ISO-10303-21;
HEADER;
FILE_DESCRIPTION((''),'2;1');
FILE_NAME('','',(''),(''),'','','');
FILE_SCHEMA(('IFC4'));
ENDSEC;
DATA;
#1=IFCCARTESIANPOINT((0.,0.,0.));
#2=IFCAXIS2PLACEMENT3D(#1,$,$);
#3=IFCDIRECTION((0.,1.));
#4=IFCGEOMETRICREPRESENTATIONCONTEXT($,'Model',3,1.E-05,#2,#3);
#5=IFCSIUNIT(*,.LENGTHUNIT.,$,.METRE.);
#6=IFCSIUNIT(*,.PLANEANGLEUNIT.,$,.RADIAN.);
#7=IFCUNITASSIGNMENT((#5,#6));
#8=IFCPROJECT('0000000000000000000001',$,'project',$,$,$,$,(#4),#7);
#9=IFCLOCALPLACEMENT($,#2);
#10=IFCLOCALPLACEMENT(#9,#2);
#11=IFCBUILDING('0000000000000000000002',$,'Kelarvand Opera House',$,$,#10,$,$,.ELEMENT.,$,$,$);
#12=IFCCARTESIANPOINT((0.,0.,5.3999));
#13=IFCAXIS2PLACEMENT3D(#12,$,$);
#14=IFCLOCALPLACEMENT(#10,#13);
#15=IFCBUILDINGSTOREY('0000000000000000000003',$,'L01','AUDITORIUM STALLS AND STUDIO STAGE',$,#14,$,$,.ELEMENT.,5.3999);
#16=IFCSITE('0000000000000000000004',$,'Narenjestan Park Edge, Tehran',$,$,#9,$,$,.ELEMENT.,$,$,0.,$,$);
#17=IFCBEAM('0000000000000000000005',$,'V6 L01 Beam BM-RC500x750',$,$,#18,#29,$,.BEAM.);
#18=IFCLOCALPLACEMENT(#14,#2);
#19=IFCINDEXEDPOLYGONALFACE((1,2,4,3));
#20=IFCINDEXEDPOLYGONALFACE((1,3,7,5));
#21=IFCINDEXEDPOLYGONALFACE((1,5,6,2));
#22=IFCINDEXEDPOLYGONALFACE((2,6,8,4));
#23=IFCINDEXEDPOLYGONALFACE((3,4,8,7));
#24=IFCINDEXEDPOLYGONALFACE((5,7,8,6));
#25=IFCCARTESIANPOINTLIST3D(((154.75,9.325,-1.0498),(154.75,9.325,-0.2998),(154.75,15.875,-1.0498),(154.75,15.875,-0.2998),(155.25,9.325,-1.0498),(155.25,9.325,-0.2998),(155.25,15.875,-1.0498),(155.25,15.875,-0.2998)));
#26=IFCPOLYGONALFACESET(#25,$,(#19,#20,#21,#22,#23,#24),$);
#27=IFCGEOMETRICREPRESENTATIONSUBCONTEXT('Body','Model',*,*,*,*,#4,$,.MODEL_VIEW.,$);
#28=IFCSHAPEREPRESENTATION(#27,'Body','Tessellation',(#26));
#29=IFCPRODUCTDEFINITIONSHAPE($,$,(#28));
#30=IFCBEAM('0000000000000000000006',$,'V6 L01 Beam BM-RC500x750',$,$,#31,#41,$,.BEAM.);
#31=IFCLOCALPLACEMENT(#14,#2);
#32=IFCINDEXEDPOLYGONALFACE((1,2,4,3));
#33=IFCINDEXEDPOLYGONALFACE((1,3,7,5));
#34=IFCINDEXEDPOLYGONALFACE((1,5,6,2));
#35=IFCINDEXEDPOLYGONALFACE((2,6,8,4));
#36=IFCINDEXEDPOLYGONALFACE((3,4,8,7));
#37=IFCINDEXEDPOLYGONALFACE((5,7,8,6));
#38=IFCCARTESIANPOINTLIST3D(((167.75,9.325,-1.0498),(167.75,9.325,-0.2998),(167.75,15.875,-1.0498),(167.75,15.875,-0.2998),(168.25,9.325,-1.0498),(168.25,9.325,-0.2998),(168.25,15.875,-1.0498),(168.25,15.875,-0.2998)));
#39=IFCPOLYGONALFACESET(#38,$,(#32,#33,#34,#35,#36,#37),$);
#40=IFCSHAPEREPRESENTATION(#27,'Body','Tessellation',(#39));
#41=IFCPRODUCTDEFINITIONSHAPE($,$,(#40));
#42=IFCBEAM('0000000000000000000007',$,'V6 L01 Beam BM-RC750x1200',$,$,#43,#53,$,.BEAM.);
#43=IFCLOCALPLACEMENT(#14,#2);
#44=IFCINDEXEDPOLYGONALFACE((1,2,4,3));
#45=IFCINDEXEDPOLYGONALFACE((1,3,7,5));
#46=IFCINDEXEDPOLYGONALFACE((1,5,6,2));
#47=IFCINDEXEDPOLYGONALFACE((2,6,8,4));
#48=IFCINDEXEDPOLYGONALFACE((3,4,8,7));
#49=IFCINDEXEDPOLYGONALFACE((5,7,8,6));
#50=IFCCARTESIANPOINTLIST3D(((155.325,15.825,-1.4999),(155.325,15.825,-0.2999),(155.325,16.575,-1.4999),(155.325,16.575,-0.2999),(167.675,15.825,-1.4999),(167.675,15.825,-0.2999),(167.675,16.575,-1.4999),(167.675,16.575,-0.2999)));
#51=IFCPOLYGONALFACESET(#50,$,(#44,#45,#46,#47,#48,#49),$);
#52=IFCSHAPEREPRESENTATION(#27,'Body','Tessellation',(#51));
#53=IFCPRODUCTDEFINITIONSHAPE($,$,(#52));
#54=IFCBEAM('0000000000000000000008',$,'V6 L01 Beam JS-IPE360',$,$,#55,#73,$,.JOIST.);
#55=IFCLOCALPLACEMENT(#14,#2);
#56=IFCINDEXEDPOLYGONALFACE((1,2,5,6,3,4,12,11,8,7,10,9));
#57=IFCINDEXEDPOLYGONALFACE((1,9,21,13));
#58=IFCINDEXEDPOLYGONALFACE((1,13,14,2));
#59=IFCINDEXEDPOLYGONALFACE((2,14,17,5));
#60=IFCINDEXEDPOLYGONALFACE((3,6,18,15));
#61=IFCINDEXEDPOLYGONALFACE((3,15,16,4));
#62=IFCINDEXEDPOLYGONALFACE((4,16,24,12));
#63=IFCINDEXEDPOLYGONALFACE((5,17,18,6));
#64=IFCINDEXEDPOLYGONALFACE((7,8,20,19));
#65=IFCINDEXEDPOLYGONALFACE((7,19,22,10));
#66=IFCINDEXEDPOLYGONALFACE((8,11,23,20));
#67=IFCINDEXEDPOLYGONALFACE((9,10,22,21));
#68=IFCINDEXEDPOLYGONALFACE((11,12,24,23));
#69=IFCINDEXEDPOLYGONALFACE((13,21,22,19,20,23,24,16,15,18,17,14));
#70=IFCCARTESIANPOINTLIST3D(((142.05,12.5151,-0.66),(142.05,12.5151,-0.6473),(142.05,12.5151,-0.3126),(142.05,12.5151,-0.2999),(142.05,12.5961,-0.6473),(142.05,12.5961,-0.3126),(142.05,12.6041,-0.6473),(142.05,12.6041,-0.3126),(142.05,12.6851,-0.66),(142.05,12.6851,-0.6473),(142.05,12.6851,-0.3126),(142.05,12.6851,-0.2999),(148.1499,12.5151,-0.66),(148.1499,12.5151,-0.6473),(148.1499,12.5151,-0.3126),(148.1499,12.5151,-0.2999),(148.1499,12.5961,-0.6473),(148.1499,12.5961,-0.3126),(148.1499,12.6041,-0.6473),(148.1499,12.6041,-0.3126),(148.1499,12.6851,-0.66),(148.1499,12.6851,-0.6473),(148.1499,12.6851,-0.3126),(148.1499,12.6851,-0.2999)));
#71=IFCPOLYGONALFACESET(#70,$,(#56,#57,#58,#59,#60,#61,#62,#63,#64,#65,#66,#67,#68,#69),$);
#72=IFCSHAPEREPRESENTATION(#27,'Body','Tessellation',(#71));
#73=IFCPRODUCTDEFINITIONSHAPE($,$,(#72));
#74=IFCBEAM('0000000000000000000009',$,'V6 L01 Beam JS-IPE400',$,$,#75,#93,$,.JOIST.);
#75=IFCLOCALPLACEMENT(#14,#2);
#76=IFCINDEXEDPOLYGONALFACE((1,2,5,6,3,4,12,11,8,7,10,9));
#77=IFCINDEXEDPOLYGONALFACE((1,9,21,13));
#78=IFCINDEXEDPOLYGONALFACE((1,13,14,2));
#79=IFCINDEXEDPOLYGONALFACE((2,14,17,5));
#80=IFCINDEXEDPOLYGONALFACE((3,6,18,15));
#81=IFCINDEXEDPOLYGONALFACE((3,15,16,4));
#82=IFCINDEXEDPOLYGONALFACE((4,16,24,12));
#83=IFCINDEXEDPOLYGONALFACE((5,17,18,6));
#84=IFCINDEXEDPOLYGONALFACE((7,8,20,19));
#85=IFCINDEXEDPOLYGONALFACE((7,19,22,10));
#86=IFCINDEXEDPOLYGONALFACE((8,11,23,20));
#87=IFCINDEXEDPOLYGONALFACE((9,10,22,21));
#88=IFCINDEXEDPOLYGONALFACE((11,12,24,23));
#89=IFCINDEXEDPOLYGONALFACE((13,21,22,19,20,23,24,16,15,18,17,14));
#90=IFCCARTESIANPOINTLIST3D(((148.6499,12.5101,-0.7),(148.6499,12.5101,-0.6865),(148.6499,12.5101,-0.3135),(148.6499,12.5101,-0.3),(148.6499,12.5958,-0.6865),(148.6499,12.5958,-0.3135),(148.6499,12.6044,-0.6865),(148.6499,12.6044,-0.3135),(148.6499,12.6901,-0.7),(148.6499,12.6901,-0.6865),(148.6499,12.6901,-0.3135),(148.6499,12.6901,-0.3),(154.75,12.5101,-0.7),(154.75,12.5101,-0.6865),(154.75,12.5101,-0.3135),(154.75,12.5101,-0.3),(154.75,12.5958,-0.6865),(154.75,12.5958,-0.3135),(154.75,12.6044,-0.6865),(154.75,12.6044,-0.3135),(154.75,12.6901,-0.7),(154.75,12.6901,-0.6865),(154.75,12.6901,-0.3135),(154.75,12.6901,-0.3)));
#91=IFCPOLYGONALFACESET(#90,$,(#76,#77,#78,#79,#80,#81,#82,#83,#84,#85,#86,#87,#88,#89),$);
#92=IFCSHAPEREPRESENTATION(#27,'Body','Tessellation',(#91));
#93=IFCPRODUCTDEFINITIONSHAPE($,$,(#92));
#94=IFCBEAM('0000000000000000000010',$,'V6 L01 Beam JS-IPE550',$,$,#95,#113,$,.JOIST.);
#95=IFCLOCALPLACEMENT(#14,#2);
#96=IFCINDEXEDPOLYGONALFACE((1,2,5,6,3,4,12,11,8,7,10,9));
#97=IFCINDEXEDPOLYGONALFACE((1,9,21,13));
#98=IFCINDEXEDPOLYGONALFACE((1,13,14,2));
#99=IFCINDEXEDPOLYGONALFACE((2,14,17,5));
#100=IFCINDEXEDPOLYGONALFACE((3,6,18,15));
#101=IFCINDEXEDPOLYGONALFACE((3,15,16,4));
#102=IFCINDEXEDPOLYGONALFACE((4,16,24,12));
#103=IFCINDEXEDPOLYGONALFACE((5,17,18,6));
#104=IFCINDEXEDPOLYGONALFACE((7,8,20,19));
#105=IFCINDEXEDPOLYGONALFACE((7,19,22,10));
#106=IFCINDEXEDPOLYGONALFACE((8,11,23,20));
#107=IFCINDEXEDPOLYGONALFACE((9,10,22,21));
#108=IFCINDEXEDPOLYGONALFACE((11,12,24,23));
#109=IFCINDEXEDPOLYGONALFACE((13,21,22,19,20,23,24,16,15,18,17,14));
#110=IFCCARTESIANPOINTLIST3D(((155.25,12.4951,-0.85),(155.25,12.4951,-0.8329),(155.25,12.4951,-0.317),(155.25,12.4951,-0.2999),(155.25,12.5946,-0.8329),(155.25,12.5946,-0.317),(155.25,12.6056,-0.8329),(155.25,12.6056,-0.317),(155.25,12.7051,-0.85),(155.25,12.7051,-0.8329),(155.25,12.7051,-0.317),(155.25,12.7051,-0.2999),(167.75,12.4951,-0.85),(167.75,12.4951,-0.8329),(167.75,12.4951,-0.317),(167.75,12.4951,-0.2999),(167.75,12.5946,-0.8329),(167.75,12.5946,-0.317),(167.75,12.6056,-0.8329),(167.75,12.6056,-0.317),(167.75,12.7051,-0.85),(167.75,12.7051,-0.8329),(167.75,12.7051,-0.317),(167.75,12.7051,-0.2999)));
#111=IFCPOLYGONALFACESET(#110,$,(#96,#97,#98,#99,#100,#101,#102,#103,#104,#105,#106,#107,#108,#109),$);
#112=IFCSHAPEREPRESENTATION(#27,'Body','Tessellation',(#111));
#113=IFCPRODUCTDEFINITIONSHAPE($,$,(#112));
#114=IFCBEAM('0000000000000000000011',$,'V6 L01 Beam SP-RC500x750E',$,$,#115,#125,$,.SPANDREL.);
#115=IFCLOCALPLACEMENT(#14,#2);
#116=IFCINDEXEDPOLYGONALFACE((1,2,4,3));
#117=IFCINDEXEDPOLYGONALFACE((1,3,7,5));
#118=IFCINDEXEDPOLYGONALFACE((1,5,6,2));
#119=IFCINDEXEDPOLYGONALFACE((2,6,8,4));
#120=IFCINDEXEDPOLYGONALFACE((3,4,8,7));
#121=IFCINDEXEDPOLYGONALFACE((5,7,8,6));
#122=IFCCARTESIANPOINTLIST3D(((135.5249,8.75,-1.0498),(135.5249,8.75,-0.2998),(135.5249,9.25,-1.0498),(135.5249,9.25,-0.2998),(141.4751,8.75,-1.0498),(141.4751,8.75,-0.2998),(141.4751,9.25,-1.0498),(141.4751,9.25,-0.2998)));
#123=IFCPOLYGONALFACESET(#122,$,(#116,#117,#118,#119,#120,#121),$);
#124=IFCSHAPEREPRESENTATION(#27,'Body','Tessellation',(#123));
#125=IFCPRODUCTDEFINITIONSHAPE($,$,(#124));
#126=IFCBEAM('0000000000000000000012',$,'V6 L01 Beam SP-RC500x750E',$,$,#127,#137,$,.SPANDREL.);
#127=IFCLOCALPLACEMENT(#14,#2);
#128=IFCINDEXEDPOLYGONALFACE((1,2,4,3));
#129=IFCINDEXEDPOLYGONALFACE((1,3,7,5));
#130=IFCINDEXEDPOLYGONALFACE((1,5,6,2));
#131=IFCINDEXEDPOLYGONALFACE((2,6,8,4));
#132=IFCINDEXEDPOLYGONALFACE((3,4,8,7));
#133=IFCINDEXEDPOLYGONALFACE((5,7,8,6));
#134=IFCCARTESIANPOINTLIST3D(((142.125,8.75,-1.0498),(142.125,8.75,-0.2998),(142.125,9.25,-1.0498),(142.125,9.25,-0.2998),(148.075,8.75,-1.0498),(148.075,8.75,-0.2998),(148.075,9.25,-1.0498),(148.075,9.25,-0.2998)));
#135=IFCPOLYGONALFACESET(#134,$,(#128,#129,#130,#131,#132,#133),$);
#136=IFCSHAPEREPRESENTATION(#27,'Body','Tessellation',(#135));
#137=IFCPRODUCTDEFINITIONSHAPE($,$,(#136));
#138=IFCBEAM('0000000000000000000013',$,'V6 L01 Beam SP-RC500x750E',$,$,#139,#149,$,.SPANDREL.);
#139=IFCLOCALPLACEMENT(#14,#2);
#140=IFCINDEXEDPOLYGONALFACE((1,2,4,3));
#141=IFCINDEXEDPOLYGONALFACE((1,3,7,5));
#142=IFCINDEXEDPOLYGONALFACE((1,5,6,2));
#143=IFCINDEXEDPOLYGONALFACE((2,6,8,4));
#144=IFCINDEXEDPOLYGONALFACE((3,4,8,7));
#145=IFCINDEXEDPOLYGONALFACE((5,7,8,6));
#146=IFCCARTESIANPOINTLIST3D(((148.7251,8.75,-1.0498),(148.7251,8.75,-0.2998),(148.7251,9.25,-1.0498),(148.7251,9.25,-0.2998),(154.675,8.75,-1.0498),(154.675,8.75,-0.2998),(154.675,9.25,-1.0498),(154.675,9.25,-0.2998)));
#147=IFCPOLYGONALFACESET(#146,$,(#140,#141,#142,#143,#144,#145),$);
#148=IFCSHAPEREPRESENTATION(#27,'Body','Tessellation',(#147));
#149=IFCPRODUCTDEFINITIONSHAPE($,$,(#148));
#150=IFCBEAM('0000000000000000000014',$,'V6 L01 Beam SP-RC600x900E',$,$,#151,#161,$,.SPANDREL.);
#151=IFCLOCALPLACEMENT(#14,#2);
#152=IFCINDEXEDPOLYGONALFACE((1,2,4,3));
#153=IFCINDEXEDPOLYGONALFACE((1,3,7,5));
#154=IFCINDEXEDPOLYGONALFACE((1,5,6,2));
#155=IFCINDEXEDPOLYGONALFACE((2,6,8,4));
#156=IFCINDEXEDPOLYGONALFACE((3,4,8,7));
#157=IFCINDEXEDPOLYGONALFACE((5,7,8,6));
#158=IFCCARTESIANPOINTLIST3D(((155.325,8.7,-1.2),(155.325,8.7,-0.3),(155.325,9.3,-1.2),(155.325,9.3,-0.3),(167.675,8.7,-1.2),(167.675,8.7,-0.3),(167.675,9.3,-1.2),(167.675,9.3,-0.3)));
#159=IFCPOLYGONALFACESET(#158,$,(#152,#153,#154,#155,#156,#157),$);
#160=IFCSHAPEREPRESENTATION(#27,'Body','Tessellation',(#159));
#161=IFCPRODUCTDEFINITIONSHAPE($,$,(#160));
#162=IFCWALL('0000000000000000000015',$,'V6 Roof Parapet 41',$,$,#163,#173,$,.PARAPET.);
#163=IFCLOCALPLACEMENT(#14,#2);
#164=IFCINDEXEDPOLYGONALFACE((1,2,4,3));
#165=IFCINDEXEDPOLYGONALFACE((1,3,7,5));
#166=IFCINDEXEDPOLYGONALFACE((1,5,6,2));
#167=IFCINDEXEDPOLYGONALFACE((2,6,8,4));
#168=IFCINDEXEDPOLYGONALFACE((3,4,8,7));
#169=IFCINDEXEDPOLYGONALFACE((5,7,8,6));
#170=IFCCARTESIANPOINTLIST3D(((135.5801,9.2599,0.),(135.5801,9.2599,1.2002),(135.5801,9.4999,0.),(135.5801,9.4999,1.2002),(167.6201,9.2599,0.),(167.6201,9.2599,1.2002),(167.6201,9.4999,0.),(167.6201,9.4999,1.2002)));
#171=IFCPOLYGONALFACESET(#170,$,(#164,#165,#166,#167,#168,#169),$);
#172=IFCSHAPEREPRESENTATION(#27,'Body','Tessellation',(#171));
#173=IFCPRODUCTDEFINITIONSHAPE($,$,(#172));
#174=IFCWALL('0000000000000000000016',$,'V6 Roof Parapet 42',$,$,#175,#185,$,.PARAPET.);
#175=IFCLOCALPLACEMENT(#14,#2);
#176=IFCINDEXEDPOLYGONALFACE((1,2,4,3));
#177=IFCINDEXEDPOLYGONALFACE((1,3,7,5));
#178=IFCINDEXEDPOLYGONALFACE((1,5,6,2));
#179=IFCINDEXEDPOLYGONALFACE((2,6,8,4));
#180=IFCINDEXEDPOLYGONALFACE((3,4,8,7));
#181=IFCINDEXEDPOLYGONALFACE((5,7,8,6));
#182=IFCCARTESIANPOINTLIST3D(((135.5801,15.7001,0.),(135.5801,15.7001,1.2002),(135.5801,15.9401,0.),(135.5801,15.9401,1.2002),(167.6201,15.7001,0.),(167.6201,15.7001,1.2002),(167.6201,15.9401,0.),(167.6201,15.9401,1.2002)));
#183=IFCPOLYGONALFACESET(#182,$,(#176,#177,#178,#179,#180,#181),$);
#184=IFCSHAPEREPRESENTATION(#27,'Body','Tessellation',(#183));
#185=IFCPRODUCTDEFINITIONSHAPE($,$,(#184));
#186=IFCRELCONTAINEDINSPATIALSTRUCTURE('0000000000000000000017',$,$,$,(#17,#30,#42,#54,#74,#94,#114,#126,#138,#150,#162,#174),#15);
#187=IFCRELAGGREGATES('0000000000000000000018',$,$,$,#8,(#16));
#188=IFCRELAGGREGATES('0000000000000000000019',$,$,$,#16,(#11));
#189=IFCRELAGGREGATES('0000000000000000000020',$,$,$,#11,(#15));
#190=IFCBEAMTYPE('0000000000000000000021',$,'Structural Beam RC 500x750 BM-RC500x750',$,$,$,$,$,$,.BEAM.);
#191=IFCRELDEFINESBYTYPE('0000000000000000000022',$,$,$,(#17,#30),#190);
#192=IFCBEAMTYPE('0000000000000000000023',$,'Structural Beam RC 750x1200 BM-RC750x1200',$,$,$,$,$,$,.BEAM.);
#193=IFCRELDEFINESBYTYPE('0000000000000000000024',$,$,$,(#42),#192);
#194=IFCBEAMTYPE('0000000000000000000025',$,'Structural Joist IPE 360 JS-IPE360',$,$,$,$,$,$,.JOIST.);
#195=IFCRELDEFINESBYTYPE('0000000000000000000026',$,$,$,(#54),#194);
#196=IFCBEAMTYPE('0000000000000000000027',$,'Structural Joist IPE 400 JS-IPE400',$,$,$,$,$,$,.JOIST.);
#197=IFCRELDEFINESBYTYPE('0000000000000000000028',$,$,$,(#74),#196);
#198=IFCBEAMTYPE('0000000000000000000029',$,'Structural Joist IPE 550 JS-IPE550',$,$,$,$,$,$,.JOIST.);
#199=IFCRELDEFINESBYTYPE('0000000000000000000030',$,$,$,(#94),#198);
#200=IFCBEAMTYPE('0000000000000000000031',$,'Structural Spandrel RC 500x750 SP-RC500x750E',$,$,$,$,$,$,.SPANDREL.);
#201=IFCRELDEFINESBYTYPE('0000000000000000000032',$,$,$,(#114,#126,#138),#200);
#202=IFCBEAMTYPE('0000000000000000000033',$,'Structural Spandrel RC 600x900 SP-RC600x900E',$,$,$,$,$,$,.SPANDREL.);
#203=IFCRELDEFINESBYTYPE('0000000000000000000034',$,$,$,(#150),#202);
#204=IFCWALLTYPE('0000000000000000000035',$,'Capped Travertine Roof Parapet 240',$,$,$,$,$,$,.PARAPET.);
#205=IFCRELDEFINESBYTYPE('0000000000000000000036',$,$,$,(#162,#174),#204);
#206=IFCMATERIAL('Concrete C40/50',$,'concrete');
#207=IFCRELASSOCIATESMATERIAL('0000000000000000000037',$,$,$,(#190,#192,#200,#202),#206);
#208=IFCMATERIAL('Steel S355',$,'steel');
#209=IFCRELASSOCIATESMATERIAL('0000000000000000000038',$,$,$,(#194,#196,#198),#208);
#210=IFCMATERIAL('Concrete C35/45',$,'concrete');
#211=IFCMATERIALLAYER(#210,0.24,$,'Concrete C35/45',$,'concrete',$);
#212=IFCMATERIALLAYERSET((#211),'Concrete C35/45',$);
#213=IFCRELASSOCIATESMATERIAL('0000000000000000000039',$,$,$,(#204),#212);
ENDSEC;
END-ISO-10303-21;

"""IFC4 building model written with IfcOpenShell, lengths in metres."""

from ifc_helpers import new_model, si_unit, direction, frame, frame_2d, origin, origin_2d, place, context, subcontext, project, spatial, rectangle, i_section, extrude, material, layer, layer_set, material_profile, profile_set, type_object, element, save


model = new_model("IFC4")

# Units and contexts
model_context = context("Model", 3, precision=1e-05, world=origin(), true_north=direction((0.0, 1.0)))
body_context = subcontext(model_context, "Body", "Model", "MODEL_VIEW")
ifc_project = project(units=[si_unit("LENGTHUNIT", "METRE"), si_unit("PLANEANGLEUNIT", "RADIAN")], contexts=[model_context])

# Site, building, storey
site_placement = place(None, origin())
site = spatial("IfcSite", under=ifc_project, at=site_placement, Name="Narenjestan Park Edge, Tehran", CompositionType="ELEMENT", RefElevation=0.0)
building_placement = place(site_placement, origin())
building = spatial("IfcBuilding", under=site, at=building_placement, Name="Kelarvand Opera House", CompositionType="ELEMENT")
storey_placement = place(building_placement, frame((0.0, 0.0, 5.3999)))
storey = spatial("IfcBuildingStorey", under=building, at=storey_placement, Name="L01", Description="AUDITORIUM STALLS AND STUDIO STAGE", CompositionType="ELEMENT", Elevation=5.3999)

# Shared definitions
ifc_material_1 = material(Name="Concrete C40/50", Category="concrete")

# Beams
ifc_material_2 = material(Name="Concrete C35/45", Category="concrete")
ifc_material_profile_1 = material_profile(ifc_material_1, rectangle(XDim=0.5, YDim=0.75, at=origin_2d()), Name="RC 500x750", Category="concrete")
ifc_profile_set_1 = profile_set([ifc_material_profile_1], Name="Concrete C40/50")
beam_type_1 = type_object("IfcBeamType", Name="Structural Beam RC 500x750 BM-RC500x750", PredefinedType="BEAM", material=ifc_profile_set_1)
for number, where, z_axis, x_axis, name in (
    (1, (155.0, 9.325, -0.6748), (0.0, 1.0, 0.0), (-1.0, 0.0, 0.0), "V6 L01 Beam BM-RC500x750"),
    (2, (168.0, 9.325, -0.6748), (0.0, 1.0, 0.0), (-1.0, 0.0, 0.0), "V6 L01 Beam BM-RC500x750"),
):
    element("IfcBeam", number, at=place(storey_placement, frame(where, z_axis=z_axis, x_axis=x_axis)), inside=storey, type_object=beam_type_1, Name=name, PredefinedType="BEAM", context=body_context, shape_type="SweptSolid", body=[
        extrude(rectangle(XDim=0.5, YDim=0.75, at=origin_2d()), origin(), (0.0, 0.0, 1.0), 6.55),
    ])
ifc_material_profile_2 = material_profile(ifc_material_1, rectangle(XDim=0.75, YDim=1.2, at=origin_2d()), Name="RC 750x1200", Category="concrete")
ifc_profile_set_2 = profile_set([ifc_material_profile_2], Name="Concrete C40/50")
beam_type_2 = type_object("IfcBeamType", Name="Structural Beam RC 750x1200 BM-RC750x1200", PredefinedType="BEAM", material=ifc_profile_set_2)
beam_1_placement = place(storey_placement, frame((155.325, 16.2, -0.8999), z_axis=(1.0, 0.0, 0.0), x_axis=(0.0, 1.0, 0.0)))
element("IfcBeam", 3, at=beam_1_placement, inside=storey, type_object=beam_type_2, Name="V6 L01 Beam BM-RC750x1200", PredefinedType="BEAM", context=body_context, shape_type="SweptSolid", body=[
    extrude(rectangle(XDim=0.75, YDim=1.2, at=origin_2d()), origin(), (0.0, 0.0, 1.0), 12.3501),
])
ifc_material_3 = material(Name="Steel S355", Category="steel")
ifc_material_profile_3 = material_profile(ifc_material_3, i_section(OverallWidth=0.1699, OverallDepth=0.3601, WebThickness=0.0081, FlangeThickness=0.0127, at=origin_2d()), Name="IPE 360", Category="steel")
ifc_profile_set_3 = profile_set([ifc_material_profile_3], Name="Steel S355")
beam_type_3 = type_object("IfcBeamType", Name="Structural Joist IPE 360 JS-IPE360", PredefinedType="JOIST", material=ifc_profile_set_3)
beam_2_placement = place(storey_placement, frame((142.05, 12.6001, -0.48), z_axis=(1.0, 0.0, 0.0), x_axis=(0.0, 1.0, 0.0)))
element("IfcBeam", 4, at=beam_2_placement, inside=storey, type_object=beam_type_3, Name="V6 L01 Beam JS-IPE360", PredefinedType="JOIST", context=body_context, shape_type="SweptSolid", body=[
    extrude(i_section(OverallWidth=0.1699, OverallDepth=0.3601, WebThickness=0.0081, FlangeThickness=0.0127, at=origin_2d()), origin(), (0.0, 0.0, 1.0), 6.0999),
])
ifc_material_profile_4 = material_profile(ifc_material_3, i_section(OverallWidth=0.1799, OverallDepth=0.3999, WebThickness=0.0085, FlangeThickness=0.0134, at=origin_2d()), Name="IPE 400", Category="steel")
ifc_profile_set_4 = profile_set([ifc_material_profile_4], Name="Steel S355")
beam_type_4 = type_object("IfcBeamType", Name="Structural Joist IPE 400 JS-IPE400", PredefinedType="JOIST", material=ifc_profile_set_4)
beam_3_placement = place(storey_placement, frame((148.6499, 12.6001, -0.5), z_axis=(1.0, 0.0, 0.0), x_axis=(0.0, 1.0, 0.0)))
element("IfcBeam", 5, at=beam_3_placement, inside=storey, type_object=beam_type_4, Name="V6 L01 Beam JS-IPE400", PredefinedType="JOIST", context=body_context, shape_type="SweptSolid", body=[
    extrude(i_section(OverallWidth=0.1799, OverallDepth=0.3999, WebThickness=0.0085, FlangeThickness=0.0134, at=origin_2d()), origin(), (0.0, 0.0, 1.0), 6.1001),
])
ifc_material_profile_5 = material_profile(ifc_material_3, i_section(OverallWidth=0.21, OverallDepth=0.55, WebThickness=0.011, FlangeThickness=0.0171, at=origin_2d()), Name="IPE 550", Category="steel")
ifc_profile_set_5 = profile_set([ifc_material_profile_5], Name="Steel S355")
beam_type_5 = type_object("IfcBeamType", Name="Structural Joist IPE 550 JS-IPE550", PredefinedType="JOIST", material=ifc_profile_set_5)
beam_4_placement = place(storey_placement, frame((155.25, 12.6001, -0.575), z_axis=(1.0, 0.0, 0.0), x_axis=(0.0, 1.0, 0.0)))
element("IfcBeam", 6, at=beam_4_placement, inside=storey, type_object=beam_type_5, Name="V6 L01 Beam JS-IPE550", PredefinedType="JOIST", context=body_context, shape_type="SweptSolid", body=[
    extrude(i_section(OverallWidth=0.21, OverallDepth=0.55, WebThickness=0.011, FlangeThickness=0.0171, at=origin_2d()), origin(), (0.0, 0.0, 1.0), 12.5),
])
ifc_material_profile_6 = material_profile(ifc_material_1, rectangle(XDim=0.5, YDim=0.75, at=origin_2d()), Name="RC 500x750", Category="concrete")
ifc_profile_set_6 = profile_set([ifc_material_profile_6], Name="Concrete C40/50")
beam_type_6 = type_object("IfcBeamType", Name="Structural Spandrel RC 500x750 SP-RC500x750E", PredefinedType="SPANDREL", material=ifc_profile_set_6)
beam_5_placement = place(storey_placement, frame((135.5249, 9.0, -0.6748), z_axis=(1.0, 0.0, 0.0), x_axis=(0.0, 1.0, 0.0)))
element("IfcBeam", 7, at=beam_5_placement, inside=storey, type_object=beam_type_6, Name="V6 L01 Beam SP-RC500x750E", PredefinedType="SPANDREL", context=body_context, shape_type="SweptSolid", body=[
    extrude(rectangle(XDim=0.5, YDim=0.75, at=origin_2d()), origin(), (0.0, 0.0, 1.0), 5.9502),
])
for number, where, z_axis, x_axis, name in (
    (8, (142.125, 9.0, -0.6748), (1.0, 0.0, 0.0), (0.0, 1.0, 0.0), "V6 L01 Beam SP-RC500x750E"),
    (9, (148.7251, 9.0, -0.6748), (1.0, 0.0, 0.0), (0.0, 1.0, 0.0), "V6 L01 Beam SP-RC500x750E"),
):
    element("IfcBeam", number, at=place(storey_placement, frame(where, z_axis=z_axis, x_axis=x_axis)), inside=storey, type_object=beam_type_6, Name=name, PredefinedType="SPANDREL", context=body_context, shape_type="SweptSolid", body=[
        extrude(rectangle(XDim=0.5, YDim=0.75, at=origin_2d()), origin(), (0.0, 0.0, 1.0), 5.95),
    ])
ifc_material_profile_7 = material_profile(ifc_material_1, rectangle(XDim=0.6001, YDim=0.8999, at=origin_2d()), Name="RC 600x900", Category="concrete")
ifc_profile_set_7 = profile_set([ifc_material_profile_7], Name="Concrete C40/50")
beam_type_7 = type_object("IfcBeamType", Name="Structural Spandrel RC 600x900 SP-RC600x900E", PredefinedType="SPANDREL", material=ifc_profile_set_7)
beam_6_placement = place(storey_placement, frame((155.325, 9.0, -0.75), z_axis=(1.0, 0.0, 0.0), x_axis=(0.0, 1.0, 0.0)))
element("IfcBeam", 10, at=beam_6_placement, inside=storey, type_object=beam_type_7, Name="V6 L01 Beam SP-RC600x900E", PredefinedType="SPANDREL", context=body_context, shape_type="SweptSolid", body=[
    extrude(rectangle(XDim=0.6001, YDim=0.8999, at=origin_2d()), origin(), (0.0, 0.0, 1.0), 12.3501),
])

# Walls
ifc_layer = layer(ifc_material_2, 0.24, Name="Concrete C35/45", Category="concrete")
ifc_layer_set = layer_set([ifc_layer], Name="Concrete C35/45")
wall_type = type_object("IfcWallType", Name="Capped Travertine Roof Parapet 240", PredefinedType="PARAPET", material=ifc_layer_set)
for number, where, z_axis, x_axis, name in (
    (11, (135.5801, 9.3799, 0.0), (0.0, 0.0, 1.0), (1.0, 0.0, 0.0), "V6 Roof Parapet 41"),
    (12, (167.6201, 15.8201, 0.0), (0.0, 0.0, 1.0), (-1.0, 0.0, 0.0), "V6 Roof Parapet 42"),
):
    element("IfcWall", number, at=place(storey_placement, frame(where, z_axis=z_axis, x_axis=x_axis)), inside=storey, type_object=wall_type, Name=name, PredefinedType="PARAPET", context=body_context, shape_type="SweptSolid", body=[
        extrude(rectangle(XDim=32.04, YDim=0.24, at=frame_2d((16.02, 0.0))), origin(), (0.0, 0.0, 1.0), 1.2002),
    ])

save(model, "model.ifc")
